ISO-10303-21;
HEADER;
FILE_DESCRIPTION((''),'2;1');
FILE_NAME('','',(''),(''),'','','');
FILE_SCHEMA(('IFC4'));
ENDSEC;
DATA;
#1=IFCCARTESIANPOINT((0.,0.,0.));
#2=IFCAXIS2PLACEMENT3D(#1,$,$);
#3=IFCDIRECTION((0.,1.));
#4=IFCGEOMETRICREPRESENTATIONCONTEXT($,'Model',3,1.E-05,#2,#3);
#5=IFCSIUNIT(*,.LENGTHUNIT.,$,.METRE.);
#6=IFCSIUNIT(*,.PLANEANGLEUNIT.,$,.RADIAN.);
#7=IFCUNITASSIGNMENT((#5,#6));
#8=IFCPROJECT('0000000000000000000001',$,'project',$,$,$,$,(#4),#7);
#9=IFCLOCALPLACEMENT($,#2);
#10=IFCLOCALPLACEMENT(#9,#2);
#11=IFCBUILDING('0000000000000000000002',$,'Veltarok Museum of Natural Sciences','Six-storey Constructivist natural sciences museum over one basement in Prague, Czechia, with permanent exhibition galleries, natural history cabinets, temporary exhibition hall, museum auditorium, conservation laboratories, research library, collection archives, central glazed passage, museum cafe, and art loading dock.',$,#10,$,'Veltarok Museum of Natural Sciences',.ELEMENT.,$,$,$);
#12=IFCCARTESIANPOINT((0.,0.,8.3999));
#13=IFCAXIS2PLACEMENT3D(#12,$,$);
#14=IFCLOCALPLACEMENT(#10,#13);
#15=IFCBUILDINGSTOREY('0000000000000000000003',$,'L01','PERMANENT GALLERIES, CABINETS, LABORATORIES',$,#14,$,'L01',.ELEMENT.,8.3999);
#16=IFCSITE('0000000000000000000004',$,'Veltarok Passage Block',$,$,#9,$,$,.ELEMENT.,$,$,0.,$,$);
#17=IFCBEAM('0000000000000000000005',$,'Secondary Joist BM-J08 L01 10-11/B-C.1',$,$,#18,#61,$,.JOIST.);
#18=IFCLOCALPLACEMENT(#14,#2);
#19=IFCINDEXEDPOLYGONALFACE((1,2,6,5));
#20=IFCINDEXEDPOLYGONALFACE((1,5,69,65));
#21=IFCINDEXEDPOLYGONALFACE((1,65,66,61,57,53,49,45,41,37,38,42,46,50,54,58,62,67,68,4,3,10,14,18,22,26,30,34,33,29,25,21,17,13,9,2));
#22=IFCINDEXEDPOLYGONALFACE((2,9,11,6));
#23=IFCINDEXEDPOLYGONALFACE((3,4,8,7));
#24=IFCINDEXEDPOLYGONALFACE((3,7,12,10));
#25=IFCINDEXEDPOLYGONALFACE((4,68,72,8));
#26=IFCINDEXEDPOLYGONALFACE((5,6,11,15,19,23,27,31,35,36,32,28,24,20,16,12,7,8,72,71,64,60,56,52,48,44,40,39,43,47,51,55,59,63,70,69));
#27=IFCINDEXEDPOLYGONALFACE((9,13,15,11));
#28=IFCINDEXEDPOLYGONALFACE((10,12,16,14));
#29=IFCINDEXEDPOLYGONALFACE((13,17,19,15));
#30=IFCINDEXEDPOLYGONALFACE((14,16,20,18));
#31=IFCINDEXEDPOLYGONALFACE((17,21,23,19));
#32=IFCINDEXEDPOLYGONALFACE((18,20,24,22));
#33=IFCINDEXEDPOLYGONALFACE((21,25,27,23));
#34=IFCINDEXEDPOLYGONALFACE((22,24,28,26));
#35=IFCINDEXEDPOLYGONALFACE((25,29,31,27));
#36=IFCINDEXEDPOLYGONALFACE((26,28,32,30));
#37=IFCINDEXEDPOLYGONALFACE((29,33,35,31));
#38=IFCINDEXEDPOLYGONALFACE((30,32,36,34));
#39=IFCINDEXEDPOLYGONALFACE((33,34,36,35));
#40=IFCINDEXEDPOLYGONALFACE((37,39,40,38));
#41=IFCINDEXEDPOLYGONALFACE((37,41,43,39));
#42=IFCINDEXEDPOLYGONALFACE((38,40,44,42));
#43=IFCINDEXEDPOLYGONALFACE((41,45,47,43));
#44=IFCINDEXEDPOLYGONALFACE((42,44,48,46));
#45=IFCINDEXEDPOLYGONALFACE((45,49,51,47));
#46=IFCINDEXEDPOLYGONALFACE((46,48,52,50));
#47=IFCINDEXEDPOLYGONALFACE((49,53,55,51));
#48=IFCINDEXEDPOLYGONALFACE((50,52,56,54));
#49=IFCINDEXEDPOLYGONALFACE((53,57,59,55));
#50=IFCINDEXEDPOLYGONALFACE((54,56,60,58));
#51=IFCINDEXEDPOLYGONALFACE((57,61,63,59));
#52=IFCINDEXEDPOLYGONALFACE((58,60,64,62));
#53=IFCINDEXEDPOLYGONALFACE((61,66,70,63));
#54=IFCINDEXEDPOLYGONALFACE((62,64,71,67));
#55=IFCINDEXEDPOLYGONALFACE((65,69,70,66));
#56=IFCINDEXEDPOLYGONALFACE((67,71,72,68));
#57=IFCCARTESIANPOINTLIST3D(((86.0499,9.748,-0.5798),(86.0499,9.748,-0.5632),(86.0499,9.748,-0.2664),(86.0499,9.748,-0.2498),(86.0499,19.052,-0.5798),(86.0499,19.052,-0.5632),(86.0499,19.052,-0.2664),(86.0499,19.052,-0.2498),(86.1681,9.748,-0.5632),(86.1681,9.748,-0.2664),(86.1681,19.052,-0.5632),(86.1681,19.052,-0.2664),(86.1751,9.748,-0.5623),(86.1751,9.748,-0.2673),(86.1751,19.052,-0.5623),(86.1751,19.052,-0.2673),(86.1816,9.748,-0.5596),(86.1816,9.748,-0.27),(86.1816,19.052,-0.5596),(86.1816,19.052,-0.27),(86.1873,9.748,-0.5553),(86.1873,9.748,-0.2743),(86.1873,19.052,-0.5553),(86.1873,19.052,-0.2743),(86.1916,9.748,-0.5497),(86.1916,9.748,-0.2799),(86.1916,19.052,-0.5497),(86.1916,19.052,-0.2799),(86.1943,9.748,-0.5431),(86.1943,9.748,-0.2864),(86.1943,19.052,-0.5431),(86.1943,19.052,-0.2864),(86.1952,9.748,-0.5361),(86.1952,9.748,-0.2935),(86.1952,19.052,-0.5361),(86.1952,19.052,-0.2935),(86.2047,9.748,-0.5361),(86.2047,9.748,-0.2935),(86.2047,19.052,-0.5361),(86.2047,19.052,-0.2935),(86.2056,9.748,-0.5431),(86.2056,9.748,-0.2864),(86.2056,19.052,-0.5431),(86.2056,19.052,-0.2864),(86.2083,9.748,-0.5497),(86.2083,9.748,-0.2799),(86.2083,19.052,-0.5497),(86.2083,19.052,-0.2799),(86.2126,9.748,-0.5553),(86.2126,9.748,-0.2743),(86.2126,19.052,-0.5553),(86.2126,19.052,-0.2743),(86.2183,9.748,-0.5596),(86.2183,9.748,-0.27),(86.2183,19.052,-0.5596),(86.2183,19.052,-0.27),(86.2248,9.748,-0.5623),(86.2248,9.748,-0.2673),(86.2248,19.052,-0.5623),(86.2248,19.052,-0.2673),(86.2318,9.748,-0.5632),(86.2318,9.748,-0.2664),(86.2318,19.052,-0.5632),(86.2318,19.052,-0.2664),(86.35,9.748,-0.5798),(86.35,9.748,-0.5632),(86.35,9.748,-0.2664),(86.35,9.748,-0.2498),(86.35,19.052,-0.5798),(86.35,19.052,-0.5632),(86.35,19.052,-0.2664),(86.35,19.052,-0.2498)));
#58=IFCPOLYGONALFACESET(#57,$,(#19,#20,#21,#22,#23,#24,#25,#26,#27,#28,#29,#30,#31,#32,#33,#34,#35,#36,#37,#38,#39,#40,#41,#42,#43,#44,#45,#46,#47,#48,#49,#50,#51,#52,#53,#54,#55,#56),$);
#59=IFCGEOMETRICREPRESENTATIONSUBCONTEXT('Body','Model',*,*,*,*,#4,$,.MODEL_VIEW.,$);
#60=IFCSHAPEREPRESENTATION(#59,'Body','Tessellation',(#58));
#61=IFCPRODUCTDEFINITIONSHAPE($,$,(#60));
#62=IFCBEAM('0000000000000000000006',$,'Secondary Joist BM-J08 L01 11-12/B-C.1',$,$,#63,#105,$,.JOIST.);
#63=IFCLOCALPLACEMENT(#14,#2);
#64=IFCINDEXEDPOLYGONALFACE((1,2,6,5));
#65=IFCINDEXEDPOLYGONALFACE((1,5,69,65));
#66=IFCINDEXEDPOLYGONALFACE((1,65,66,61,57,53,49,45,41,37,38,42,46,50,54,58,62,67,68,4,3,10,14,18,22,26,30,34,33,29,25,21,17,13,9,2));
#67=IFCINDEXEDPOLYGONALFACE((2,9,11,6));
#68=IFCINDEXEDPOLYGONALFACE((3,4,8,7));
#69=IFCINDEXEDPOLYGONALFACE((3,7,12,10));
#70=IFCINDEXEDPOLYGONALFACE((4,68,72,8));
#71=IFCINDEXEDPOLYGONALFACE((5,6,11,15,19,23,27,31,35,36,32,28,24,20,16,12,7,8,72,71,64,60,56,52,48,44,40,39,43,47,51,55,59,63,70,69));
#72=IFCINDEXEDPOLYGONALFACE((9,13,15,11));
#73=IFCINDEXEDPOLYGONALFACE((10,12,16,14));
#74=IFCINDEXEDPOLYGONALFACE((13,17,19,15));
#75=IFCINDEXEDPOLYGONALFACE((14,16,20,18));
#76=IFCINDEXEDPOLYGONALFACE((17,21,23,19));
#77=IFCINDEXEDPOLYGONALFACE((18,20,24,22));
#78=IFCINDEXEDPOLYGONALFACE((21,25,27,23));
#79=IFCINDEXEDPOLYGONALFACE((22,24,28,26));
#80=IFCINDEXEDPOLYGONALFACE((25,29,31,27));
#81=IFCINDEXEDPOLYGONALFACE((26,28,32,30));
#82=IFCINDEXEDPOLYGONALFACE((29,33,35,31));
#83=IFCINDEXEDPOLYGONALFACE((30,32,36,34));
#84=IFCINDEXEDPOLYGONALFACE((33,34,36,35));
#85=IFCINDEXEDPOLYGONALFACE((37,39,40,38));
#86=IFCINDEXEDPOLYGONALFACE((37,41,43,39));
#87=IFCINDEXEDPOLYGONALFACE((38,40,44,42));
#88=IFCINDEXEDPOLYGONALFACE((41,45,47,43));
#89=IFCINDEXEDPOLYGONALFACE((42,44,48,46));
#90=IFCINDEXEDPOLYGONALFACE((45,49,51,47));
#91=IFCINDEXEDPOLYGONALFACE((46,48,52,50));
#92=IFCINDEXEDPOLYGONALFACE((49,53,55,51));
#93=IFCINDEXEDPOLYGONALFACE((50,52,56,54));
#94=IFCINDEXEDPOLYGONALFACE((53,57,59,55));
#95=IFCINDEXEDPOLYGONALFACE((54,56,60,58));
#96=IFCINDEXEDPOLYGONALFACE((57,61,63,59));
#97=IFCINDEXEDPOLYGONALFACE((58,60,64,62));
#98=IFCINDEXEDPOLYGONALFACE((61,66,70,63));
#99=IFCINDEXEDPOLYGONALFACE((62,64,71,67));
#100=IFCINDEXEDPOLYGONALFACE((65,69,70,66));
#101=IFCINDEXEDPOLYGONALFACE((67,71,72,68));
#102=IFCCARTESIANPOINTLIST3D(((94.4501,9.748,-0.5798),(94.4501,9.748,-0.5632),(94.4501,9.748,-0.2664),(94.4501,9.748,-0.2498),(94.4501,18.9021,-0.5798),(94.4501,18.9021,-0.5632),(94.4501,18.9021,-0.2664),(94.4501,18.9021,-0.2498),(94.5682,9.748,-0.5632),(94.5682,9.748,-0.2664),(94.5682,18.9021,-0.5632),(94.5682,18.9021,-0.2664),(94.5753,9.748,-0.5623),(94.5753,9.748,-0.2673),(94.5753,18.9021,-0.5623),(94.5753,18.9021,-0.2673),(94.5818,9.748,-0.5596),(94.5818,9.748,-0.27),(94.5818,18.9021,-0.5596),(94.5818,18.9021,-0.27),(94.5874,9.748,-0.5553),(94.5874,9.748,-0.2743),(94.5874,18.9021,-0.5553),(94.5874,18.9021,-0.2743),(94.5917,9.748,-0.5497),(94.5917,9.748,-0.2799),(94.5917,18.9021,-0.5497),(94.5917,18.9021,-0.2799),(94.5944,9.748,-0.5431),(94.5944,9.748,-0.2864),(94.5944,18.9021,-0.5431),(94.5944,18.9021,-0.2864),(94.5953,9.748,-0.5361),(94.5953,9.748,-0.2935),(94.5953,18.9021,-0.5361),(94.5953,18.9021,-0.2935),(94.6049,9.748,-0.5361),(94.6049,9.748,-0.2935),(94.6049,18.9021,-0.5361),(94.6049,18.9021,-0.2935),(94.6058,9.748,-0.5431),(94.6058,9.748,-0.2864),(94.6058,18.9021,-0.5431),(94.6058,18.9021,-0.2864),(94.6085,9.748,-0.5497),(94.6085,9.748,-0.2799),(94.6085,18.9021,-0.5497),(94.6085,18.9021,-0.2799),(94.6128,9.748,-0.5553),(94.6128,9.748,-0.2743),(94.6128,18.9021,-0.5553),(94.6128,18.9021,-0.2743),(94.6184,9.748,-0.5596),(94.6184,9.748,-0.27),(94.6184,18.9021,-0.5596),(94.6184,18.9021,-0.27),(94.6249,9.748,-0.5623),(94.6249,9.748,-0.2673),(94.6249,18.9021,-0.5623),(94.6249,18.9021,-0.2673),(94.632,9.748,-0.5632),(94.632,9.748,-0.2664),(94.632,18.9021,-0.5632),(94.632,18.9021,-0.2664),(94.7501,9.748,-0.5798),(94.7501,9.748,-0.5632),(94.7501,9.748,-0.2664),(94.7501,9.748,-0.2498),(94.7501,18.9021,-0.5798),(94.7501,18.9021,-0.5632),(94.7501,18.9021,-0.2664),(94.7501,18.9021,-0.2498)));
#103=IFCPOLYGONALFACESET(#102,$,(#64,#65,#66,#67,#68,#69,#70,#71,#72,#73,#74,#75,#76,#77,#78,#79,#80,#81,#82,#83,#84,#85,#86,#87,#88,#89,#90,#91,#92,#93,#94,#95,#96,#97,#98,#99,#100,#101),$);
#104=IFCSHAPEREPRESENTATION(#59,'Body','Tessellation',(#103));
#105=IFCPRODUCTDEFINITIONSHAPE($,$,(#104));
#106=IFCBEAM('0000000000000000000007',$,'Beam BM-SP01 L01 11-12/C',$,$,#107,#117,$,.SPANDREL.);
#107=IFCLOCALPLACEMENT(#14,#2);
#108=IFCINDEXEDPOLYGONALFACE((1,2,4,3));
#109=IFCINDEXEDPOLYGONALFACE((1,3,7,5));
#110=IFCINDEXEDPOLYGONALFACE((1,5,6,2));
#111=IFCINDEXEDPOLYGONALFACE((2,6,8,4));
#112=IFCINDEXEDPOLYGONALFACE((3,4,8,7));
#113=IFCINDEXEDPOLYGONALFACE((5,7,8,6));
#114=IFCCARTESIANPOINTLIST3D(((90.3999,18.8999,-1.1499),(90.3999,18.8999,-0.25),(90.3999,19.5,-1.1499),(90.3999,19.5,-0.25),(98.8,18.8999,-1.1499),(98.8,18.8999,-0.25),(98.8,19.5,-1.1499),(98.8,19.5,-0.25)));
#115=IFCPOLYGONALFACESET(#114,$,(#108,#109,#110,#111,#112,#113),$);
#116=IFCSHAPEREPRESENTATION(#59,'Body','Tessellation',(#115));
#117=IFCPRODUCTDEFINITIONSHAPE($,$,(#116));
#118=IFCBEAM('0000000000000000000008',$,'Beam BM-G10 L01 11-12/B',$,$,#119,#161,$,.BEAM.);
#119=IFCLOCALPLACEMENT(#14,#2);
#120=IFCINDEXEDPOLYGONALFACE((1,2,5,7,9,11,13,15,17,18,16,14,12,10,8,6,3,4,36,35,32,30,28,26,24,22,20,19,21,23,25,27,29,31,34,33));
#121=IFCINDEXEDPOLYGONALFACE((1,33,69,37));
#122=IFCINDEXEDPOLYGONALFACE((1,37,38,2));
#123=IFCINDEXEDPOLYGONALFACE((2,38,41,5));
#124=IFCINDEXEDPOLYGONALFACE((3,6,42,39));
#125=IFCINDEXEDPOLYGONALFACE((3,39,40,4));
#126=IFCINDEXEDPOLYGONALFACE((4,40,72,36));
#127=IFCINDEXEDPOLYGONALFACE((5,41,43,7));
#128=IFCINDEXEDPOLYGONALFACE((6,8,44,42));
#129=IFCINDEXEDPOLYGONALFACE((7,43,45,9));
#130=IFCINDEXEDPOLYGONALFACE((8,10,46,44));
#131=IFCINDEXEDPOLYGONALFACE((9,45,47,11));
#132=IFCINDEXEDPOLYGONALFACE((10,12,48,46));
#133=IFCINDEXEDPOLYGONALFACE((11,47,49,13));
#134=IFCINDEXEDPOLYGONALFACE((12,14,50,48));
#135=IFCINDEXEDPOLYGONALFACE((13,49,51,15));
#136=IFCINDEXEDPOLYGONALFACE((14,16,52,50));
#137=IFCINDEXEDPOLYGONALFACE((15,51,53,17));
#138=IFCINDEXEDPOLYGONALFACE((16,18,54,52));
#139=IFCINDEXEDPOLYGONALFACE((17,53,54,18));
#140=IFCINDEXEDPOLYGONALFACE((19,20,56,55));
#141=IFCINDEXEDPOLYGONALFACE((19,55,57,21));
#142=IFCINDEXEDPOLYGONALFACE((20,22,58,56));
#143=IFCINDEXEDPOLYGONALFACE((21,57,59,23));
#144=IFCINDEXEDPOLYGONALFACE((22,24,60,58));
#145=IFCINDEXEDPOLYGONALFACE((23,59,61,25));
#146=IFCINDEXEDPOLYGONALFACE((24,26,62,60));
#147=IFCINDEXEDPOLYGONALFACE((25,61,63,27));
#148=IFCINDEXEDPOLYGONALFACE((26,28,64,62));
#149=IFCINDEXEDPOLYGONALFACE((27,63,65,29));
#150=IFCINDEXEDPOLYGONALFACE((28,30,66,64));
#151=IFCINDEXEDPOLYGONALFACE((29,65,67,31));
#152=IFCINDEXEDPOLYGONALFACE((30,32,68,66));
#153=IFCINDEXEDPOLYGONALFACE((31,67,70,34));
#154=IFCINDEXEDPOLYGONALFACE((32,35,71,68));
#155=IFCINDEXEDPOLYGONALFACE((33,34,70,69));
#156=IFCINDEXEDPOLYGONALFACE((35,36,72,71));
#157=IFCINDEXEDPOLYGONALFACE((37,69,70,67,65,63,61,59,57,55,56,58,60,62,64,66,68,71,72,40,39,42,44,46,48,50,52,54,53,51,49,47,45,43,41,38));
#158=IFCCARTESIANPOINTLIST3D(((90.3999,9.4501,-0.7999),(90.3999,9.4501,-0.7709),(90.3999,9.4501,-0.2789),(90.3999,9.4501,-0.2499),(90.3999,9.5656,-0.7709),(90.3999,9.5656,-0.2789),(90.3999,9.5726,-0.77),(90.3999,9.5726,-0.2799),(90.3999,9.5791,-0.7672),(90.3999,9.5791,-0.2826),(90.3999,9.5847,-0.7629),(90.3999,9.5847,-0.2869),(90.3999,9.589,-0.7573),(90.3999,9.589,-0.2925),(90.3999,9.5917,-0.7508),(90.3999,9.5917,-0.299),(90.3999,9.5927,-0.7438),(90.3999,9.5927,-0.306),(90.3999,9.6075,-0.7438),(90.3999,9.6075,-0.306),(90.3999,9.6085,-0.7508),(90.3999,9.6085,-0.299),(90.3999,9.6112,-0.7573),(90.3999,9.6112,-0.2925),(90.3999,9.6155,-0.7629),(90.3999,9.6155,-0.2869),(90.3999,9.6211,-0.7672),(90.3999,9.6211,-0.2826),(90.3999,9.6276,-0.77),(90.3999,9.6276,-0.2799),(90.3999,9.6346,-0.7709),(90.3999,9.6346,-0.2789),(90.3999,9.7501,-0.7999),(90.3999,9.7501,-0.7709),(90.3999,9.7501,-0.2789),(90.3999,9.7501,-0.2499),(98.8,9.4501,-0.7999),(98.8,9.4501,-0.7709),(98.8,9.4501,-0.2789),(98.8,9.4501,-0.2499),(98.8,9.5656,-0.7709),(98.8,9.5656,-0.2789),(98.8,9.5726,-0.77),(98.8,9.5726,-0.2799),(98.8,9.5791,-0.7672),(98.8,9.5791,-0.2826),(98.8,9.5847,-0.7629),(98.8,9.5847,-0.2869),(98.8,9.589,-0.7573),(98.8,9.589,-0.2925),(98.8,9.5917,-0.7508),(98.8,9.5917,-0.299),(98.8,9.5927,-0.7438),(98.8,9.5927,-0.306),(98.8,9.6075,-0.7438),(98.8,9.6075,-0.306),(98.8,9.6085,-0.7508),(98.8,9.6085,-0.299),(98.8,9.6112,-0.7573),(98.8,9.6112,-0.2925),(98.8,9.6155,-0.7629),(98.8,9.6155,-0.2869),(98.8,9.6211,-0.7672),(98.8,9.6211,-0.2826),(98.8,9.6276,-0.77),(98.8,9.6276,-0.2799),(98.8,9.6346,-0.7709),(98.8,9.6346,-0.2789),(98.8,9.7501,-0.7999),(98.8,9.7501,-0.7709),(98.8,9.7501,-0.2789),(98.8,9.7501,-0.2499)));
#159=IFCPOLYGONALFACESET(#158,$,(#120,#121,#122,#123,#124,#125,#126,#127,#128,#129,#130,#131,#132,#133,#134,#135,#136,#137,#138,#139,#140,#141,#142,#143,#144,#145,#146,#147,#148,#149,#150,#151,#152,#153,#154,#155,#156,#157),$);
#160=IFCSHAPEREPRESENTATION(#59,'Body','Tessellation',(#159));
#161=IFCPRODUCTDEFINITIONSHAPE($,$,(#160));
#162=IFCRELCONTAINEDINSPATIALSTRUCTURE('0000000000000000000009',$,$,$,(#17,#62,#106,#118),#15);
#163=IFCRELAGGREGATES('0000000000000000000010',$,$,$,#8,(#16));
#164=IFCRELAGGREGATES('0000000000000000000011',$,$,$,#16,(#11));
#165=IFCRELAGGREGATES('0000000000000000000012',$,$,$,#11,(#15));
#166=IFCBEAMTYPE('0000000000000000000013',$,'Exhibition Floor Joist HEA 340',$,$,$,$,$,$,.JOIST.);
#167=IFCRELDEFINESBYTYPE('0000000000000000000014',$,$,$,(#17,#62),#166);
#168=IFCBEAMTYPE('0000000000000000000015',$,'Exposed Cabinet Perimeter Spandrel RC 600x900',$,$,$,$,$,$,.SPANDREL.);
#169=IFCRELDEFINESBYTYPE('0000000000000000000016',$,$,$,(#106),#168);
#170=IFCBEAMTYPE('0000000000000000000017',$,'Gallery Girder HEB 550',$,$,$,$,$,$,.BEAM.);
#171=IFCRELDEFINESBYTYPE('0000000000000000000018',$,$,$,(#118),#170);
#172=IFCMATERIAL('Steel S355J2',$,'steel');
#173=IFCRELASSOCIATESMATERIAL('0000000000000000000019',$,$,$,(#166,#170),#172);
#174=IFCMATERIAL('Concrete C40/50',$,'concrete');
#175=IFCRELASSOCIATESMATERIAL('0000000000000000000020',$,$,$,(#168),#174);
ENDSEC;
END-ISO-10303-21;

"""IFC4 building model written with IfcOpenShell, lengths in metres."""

from ifc_helpers import new_model, si_unit, direction, frame, origin, origin_2d, place, context, subcontext, project, spatial, rectangle, i_section, extrude, material, material_profile, profile_set, type_object, element, save


model = new_model("IFC4")

# Units and contexts
model_context = context("Model", 3, precision=1e-05, world=origin(), true_north=direction((0.0, 1.0)))
body_context = subcontext(model_context, "Body", "Model", "MODEL_VIEW")
ifc_project = project(units=[si_unit("LENGTHUNIT", "METRE"), si_unit("PLANEANGLEUNIT", "RADIAN")], contexts=[model_context])

# Site, building, storey
site_placement = place(None, origin())
site = spatial("IfcSite", under=ifc_project, at=site_placement, Name="Veltarok Passage Block", CompositionType="ELEMENT", RefElevation=0.0)
building_placement = place(site_placement, origin())
building = spatial("IfcBuilding", under=site, at=building_placement, Name="Veltarok Museum of Natural Sciences", Description="Six-storey Constructivist natural sciences museum over one basement in Prague, Czechia, with permanent exhibition galleries, natural history cabinets, temporary exhibition hall, museum auditorium, conservation laboratories, research library, collection archives, central glazed passage, museum cafe, and art loading dock.", LongName="Veltarok Museum of Natural Sciences", CompositionType="ELEMENT")
storey_placement = place(building_placement, frame((0.0, 0.0, 8.3999)))
storey = spatial("IfcBuildingStorey", under=building, at=storey_placement, Name="L01", Description="PERMANENT GALLERIES, CABINETS, LABORATORIES", LongName="L01", CompositionType="ELEMENT", Elevation=8.3999)

# Shared definitions
ifc_material_1 = material(Name="Steel S355J2", Category="steel")

# Beams
ifc_material_profile_1 = material_profile(ifc_material_1, i_section(OverallWidth=0.3, OverallDepth=0.3301, WebThickness=0.0095, FlangeThickness=0.0166, FilletRadius=0.0271, at=origin_2d()), Name="HEA 340")
ifc_profile_set_1 = profile_set([ifc_material_profile_1], Name="Steel S355J2")
beam_type_1 = type_object("IfcBeamType", Name="Exhibition Floor Joist HEA 340", PredefinedType="JOIST", material=ifc_profile_set_1)
beam_1_placement = place(storey_placement, frame((86.2, 9.748, -0.4148), z_axis=(0.0, 1.0, 0.0), x_axis=(-1.0, 0.0, 0.0)))
element("IfcBeam", 1, at=beam_1_placement, inside=storey, type_object=beam_type_1, Name="Secondary Joist BM-J08 L01 10-11/B-C.1", PredefinedType="JOIST", context=body_context, shape_type="SweptSolid", body=[
    extrude(i_section(OverallWidth=0.3, OverallDepth=0.3301, WebThickness=0.0095, FlangeThickness=0.0166, FilletRadius=0.0271, at=origin_2d()), origin(), (0.0, 0.0, 1.0), 9.304),
])
beam_2_placement = place(storey_placement, frame((94.6001, 9.748, -0.4148), z_axis=(0.0, 1.0, 0.0), x_axis=(-1.0, 0.0, 0.0)))
element("IfcBeam", 2, at=beam_2_placement, inside=storey, type_object=beam_type_1, Name="Secondary Joist BM-J08 L01 11-12/B-C.1", PredefinedType="JOIST", context=body_context, shape_type="SweptSolid", body=[
    extrude(i_section(OverallWidth=0.3, OverallDepth=0.3301, WebThickness=0.0095, FlangeThickness=0.0166, FilletRadius=0.0271, at=origin_2d()), origin(), (0.0, 0.0, 1.0), 9.1541),
])
ifc_material_2 = material(Name="Concrete C40/50", Category="concrete")
ifc_material_profile_2 = material_profile(ifc_material_2, rectangle(XDim=0.6001, YDim=0.8999, at=origin_2d()), Name="RC 600x900")
ifc_profile_set_2 = profile_set([ifc_material_profile_2], Name="Concrete C40/50")
beam_type_2 = type_object("IfcBeamType", Name="Exposed Cabinet Perimeter Spandrel RC 600x900", PredefinedType="SPANDREL", material=ifc_profile_set_2)
beam_3_placement = place(storey_placement, frame((90.3999, 19.2, -0.7), z_axis=(1.0, 0.0, 0.0), x_axis=(0.0, 1.0, 0.0)))
element("IfcBeam", 3, at=beam_3_placement, inside=storey, type_object=beam_type_2, Name="Beam BM-SP01 L01 11-12/C", PredefinedType="SPANDREL", context=body_context, shape_type="SweptSolid", body=[
    extrude(rectangle(XDim=0.6001, YDim=0.8999, at=origin_2d()), origin(), (0.0, 0.0, 1.0), 8.4001),
])
ifc_material_profile_3 = material_profile(ifc_material_1, i_section(OverallWidth=0.3, OverallDepth=0.55, WebThickness=0.0149, FlangeThickness=0.0291, FilletRadius=0.0271, at=origin_2d()), Name="HEB 550")
ifc_profile_set_3 = profile_set([ifc_material_profile_3], Name="Steel S355J2")
beam_type_3 = type_object("IfcBeamType", Name="Gallery Girder HEB 550", PredefinedType="BEAM", material=ifc_profile_set_3)
beam_4_placement = place(storey_placement, frame((90.3999, 9.6001, -0.5249), z_axis=(1.0, 0.0, 0.0), x_axis=(0.0, 1.0, 0.0)))
element("IfcBeam", 4, at=beam_4_placement, inside=storey, type_object=beam_type_3, Name="Beam BM-G10 L01 11-12/B", PredefinedType="BEAM", context=body_context, shape_type="SweptSolid", body=[
    extrude(i_section(OverallWidth=0.3, OverallDepth=0.55, WebThickness=0.0149, FlangeThickness=0.0291, FilletRadius=0.0271, at=origin_2d()), origin(), (0.0, 0.0, 1.0), 8.4001),
])

save(model, "model.ifc")
